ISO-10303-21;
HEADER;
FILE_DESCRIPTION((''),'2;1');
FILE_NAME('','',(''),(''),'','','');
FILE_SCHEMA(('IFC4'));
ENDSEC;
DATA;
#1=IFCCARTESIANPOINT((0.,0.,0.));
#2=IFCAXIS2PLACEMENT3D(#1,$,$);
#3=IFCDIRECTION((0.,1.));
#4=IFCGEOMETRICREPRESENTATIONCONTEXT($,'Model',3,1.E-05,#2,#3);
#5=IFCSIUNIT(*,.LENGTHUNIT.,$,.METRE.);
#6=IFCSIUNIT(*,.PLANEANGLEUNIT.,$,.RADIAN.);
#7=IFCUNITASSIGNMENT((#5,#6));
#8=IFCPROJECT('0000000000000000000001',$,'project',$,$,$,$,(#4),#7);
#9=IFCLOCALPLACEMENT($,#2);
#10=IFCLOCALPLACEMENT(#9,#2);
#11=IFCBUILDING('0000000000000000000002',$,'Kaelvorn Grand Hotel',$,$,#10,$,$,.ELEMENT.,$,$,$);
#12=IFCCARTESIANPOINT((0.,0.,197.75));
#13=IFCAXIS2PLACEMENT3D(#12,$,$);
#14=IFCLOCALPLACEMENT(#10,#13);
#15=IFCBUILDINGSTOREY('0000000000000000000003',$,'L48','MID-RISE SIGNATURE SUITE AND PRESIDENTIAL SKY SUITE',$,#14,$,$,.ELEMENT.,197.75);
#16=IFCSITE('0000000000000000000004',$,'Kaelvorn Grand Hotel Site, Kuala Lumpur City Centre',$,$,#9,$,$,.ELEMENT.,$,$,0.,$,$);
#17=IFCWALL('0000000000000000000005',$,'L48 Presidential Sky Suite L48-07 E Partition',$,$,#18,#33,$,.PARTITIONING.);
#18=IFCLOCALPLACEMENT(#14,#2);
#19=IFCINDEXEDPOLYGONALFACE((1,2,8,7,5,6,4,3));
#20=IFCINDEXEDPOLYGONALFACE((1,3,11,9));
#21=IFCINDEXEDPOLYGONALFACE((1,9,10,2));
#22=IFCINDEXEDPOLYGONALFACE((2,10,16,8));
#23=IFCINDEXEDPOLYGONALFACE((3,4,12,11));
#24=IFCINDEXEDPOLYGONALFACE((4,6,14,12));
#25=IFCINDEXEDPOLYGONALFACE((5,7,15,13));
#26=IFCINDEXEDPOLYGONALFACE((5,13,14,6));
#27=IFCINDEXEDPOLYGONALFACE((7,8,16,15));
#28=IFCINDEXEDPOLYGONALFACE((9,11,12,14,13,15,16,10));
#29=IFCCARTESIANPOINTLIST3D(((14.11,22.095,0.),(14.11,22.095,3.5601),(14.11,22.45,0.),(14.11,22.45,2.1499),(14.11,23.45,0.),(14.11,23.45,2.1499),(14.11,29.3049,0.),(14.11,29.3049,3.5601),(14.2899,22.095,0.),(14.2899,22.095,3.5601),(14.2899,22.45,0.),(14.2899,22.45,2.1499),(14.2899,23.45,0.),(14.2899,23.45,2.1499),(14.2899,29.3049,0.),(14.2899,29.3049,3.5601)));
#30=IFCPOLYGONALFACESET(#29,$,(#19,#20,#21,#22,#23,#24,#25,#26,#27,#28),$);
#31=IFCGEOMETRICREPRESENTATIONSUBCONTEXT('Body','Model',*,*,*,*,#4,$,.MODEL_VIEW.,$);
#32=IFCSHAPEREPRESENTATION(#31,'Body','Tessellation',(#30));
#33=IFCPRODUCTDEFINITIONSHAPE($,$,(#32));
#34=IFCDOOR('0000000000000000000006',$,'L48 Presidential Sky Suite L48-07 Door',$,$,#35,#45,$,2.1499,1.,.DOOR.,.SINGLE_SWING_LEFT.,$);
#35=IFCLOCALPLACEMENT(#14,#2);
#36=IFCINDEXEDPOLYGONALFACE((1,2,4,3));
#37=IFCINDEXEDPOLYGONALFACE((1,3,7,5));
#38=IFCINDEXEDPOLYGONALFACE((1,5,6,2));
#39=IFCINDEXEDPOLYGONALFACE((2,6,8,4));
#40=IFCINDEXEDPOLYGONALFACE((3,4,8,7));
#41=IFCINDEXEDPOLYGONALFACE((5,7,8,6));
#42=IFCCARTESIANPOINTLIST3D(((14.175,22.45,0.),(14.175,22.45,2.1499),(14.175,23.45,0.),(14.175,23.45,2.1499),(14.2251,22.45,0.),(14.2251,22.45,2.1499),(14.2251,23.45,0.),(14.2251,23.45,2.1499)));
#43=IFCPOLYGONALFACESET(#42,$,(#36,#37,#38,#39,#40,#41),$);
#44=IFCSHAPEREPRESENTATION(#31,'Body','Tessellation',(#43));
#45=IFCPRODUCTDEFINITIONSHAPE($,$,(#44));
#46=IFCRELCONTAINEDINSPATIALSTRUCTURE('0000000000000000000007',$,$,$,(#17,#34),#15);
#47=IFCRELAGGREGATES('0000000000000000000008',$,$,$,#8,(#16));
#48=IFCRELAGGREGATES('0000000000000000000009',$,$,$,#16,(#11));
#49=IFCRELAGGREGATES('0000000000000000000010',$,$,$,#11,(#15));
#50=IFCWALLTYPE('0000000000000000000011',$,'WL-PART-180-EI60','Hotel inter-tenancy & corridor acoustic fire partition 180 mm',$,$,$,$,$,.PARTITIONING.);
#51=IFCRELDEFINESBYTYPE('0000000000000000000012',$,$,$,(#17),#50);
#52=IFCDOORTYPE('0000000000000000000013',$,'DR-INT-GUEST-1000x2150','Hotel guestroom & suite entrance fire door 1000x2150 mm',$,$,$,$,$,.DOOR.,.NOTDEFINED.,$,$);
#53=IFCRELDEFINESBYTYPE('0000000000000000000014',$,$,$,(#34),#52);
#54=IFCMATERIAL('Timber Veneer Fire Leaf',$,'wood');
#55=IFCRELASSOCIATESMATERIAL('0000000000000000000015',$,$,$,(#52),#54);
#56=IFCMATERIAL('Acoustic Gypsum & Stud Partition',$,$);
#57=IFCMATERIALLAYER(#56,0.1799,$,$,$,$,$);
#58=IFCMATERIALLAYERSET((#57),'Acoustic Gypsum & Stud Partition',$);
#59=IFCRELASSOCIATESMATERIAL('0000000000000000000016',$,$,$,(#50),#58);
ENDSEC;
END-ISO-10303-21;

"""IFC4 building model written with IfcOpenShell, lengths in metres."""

from ifc_helpers import new_model, si_unit, direction, frame, frame_2d, origin, place, context, subcontext, project, spatial, rectangle, extrude, material, layer, layer_set, type_object, element, fill, save


model = new_model("IFC4")

# Units and contexts
model_context = context("Model", 3, precision=1e-05, world=origin(), true_north=direction((0.0, 1.0)))
body_context = subcontext(model_context, "Body", "Model", "MODEL_VIEW")
ifc_project = project(units=[si_unit("LENGTHUNIT", "METRE"), si_unit("PLANEANGLEUNIT", "RADIAN")], contexts=[model_context])

# Site, building, storey
site_placement = place(None, origin())
site = spatial("IfcSite", under=ifc_project, at=site_placement, Name="Kaelvorn Grand Hotel Site, Kuala Lumpur City Centre", CompositionType="ELEMENT", RefElevation=0.0)
building_placement = place(site_placement, origin())
building = spatial("IfcBuilding", under=site, at=building_placement, Name="Kaelvorn Grand Hotel", CompositionType="ELEMENT")
storey_placement = place(building_placement, frame((0.0, 0.0, 197.75)))
storey = spatial("IfcBuildingStorey", under=building, at=storey_placement, Name="L48", Description="MID-RISE SIGNATURE SUITE AND PRESIDENTIAL SKY SUITE", CompositionType="ELEMENT", Elevation=197.75)

# Shared definitions
ifc_material_1 = material(Name="Acoustic Gypsum & Stud Partition")
ifc_material_2 = material(Name="Timber Veneer Fire Leaf", Category="wood")
door_type_1 = type_object("IfcDoorType", Name="DR-INT-GUEST-1000x2150", Description="Hotel guestroom & suite entrance fire door 1000x2150 mm", OperationType="NOTDEFINED", PredefinedType="DOOR", material=ifc_material_2)

# Wall, opening, door
ifc_layer_1 = layer(ifc_material_1, 0.1799)
ifc_layer_set_1 = layer_set([ifc_layer_1], Name="Acoustic Gypsum & Stud Partition")
wall_type_1 = type_object("IfcWallType", Name="WL-PART-180-EI60", Description="Hotel inter-tenancy & corridor acoustic fire partition 180 mm", PredefinedType="PARTITIONING", material=ifc_layer_set_1)
wall_1_placement = place(storey_placement, frame((14.2, 22.095, 0.0), z_axis=(0.0, 0.0, 1.0), x_axis=(0.0, 1.0, 0.0)))
wall_1 = element("IfcWall", 1, at=wall_1_placement, inside=storey, type_object=wall_type_1, Name="L48 Presidential Sky Suite L48-07 E Partition", PredefinedType="PARTITIONING", context=body_context, shape_type="SweptSolid", body=[
    extrude(rectangle(XDim=7.21, YDim=0.1799, at=frame_2d((3.605, 0.0))), origin(), (0.0, 0.0, 1.0), 3.5601),
])
opening_1_placement = place(wall_1_placement, frame((0.355, 0.0, 0.0)))
opening_1 = element("IfcOpeningElement", 2, at=opening_1_placement, cuts=wall_1, PredefinedType="OPENING", context=body_context, shape_type="SweptSolid", body=[
    extrude(rectangle(XDim=1.0, YDim=2.1499, at=frame_2d((0.5, 1.075))), frame((0.0, 0.1001, 0.0), z_axis=(0.0, -1.0, 0.0), x_axis=(1.0, 0.0, 0.0)), (0.0, 0.0, 1.0), 0.2),
])
door_1_placement = place(opening_1_placement, origin())
door_1 = element("IfcDoor", 3, at=door_1_placement, inside=storey, type_object=door_type_1, Name="L48 Presidential Sky Suite L48-07 Door", OperationType="SINGLE_SWING_LEFT", OverallHeight=2.1499, OverallWidth=1.0, PredefinedType="DOOR", context=body_context, shape_type="SweptSolid", body=[
    extrude(rectangle(XDim=1.0, YDim=2.1499, at=frame_2d((0.5, 1.075))), frame((0.0, 0.0249, 0.0), z_axis=(0.0, -1.0, 0.0), x_axis=(1.0, 0.0, 0.0)), (0.0, 0.0, 1.0), 0.05),
])
fill(opening_1, door_1)

save(model, "model.ifc")
